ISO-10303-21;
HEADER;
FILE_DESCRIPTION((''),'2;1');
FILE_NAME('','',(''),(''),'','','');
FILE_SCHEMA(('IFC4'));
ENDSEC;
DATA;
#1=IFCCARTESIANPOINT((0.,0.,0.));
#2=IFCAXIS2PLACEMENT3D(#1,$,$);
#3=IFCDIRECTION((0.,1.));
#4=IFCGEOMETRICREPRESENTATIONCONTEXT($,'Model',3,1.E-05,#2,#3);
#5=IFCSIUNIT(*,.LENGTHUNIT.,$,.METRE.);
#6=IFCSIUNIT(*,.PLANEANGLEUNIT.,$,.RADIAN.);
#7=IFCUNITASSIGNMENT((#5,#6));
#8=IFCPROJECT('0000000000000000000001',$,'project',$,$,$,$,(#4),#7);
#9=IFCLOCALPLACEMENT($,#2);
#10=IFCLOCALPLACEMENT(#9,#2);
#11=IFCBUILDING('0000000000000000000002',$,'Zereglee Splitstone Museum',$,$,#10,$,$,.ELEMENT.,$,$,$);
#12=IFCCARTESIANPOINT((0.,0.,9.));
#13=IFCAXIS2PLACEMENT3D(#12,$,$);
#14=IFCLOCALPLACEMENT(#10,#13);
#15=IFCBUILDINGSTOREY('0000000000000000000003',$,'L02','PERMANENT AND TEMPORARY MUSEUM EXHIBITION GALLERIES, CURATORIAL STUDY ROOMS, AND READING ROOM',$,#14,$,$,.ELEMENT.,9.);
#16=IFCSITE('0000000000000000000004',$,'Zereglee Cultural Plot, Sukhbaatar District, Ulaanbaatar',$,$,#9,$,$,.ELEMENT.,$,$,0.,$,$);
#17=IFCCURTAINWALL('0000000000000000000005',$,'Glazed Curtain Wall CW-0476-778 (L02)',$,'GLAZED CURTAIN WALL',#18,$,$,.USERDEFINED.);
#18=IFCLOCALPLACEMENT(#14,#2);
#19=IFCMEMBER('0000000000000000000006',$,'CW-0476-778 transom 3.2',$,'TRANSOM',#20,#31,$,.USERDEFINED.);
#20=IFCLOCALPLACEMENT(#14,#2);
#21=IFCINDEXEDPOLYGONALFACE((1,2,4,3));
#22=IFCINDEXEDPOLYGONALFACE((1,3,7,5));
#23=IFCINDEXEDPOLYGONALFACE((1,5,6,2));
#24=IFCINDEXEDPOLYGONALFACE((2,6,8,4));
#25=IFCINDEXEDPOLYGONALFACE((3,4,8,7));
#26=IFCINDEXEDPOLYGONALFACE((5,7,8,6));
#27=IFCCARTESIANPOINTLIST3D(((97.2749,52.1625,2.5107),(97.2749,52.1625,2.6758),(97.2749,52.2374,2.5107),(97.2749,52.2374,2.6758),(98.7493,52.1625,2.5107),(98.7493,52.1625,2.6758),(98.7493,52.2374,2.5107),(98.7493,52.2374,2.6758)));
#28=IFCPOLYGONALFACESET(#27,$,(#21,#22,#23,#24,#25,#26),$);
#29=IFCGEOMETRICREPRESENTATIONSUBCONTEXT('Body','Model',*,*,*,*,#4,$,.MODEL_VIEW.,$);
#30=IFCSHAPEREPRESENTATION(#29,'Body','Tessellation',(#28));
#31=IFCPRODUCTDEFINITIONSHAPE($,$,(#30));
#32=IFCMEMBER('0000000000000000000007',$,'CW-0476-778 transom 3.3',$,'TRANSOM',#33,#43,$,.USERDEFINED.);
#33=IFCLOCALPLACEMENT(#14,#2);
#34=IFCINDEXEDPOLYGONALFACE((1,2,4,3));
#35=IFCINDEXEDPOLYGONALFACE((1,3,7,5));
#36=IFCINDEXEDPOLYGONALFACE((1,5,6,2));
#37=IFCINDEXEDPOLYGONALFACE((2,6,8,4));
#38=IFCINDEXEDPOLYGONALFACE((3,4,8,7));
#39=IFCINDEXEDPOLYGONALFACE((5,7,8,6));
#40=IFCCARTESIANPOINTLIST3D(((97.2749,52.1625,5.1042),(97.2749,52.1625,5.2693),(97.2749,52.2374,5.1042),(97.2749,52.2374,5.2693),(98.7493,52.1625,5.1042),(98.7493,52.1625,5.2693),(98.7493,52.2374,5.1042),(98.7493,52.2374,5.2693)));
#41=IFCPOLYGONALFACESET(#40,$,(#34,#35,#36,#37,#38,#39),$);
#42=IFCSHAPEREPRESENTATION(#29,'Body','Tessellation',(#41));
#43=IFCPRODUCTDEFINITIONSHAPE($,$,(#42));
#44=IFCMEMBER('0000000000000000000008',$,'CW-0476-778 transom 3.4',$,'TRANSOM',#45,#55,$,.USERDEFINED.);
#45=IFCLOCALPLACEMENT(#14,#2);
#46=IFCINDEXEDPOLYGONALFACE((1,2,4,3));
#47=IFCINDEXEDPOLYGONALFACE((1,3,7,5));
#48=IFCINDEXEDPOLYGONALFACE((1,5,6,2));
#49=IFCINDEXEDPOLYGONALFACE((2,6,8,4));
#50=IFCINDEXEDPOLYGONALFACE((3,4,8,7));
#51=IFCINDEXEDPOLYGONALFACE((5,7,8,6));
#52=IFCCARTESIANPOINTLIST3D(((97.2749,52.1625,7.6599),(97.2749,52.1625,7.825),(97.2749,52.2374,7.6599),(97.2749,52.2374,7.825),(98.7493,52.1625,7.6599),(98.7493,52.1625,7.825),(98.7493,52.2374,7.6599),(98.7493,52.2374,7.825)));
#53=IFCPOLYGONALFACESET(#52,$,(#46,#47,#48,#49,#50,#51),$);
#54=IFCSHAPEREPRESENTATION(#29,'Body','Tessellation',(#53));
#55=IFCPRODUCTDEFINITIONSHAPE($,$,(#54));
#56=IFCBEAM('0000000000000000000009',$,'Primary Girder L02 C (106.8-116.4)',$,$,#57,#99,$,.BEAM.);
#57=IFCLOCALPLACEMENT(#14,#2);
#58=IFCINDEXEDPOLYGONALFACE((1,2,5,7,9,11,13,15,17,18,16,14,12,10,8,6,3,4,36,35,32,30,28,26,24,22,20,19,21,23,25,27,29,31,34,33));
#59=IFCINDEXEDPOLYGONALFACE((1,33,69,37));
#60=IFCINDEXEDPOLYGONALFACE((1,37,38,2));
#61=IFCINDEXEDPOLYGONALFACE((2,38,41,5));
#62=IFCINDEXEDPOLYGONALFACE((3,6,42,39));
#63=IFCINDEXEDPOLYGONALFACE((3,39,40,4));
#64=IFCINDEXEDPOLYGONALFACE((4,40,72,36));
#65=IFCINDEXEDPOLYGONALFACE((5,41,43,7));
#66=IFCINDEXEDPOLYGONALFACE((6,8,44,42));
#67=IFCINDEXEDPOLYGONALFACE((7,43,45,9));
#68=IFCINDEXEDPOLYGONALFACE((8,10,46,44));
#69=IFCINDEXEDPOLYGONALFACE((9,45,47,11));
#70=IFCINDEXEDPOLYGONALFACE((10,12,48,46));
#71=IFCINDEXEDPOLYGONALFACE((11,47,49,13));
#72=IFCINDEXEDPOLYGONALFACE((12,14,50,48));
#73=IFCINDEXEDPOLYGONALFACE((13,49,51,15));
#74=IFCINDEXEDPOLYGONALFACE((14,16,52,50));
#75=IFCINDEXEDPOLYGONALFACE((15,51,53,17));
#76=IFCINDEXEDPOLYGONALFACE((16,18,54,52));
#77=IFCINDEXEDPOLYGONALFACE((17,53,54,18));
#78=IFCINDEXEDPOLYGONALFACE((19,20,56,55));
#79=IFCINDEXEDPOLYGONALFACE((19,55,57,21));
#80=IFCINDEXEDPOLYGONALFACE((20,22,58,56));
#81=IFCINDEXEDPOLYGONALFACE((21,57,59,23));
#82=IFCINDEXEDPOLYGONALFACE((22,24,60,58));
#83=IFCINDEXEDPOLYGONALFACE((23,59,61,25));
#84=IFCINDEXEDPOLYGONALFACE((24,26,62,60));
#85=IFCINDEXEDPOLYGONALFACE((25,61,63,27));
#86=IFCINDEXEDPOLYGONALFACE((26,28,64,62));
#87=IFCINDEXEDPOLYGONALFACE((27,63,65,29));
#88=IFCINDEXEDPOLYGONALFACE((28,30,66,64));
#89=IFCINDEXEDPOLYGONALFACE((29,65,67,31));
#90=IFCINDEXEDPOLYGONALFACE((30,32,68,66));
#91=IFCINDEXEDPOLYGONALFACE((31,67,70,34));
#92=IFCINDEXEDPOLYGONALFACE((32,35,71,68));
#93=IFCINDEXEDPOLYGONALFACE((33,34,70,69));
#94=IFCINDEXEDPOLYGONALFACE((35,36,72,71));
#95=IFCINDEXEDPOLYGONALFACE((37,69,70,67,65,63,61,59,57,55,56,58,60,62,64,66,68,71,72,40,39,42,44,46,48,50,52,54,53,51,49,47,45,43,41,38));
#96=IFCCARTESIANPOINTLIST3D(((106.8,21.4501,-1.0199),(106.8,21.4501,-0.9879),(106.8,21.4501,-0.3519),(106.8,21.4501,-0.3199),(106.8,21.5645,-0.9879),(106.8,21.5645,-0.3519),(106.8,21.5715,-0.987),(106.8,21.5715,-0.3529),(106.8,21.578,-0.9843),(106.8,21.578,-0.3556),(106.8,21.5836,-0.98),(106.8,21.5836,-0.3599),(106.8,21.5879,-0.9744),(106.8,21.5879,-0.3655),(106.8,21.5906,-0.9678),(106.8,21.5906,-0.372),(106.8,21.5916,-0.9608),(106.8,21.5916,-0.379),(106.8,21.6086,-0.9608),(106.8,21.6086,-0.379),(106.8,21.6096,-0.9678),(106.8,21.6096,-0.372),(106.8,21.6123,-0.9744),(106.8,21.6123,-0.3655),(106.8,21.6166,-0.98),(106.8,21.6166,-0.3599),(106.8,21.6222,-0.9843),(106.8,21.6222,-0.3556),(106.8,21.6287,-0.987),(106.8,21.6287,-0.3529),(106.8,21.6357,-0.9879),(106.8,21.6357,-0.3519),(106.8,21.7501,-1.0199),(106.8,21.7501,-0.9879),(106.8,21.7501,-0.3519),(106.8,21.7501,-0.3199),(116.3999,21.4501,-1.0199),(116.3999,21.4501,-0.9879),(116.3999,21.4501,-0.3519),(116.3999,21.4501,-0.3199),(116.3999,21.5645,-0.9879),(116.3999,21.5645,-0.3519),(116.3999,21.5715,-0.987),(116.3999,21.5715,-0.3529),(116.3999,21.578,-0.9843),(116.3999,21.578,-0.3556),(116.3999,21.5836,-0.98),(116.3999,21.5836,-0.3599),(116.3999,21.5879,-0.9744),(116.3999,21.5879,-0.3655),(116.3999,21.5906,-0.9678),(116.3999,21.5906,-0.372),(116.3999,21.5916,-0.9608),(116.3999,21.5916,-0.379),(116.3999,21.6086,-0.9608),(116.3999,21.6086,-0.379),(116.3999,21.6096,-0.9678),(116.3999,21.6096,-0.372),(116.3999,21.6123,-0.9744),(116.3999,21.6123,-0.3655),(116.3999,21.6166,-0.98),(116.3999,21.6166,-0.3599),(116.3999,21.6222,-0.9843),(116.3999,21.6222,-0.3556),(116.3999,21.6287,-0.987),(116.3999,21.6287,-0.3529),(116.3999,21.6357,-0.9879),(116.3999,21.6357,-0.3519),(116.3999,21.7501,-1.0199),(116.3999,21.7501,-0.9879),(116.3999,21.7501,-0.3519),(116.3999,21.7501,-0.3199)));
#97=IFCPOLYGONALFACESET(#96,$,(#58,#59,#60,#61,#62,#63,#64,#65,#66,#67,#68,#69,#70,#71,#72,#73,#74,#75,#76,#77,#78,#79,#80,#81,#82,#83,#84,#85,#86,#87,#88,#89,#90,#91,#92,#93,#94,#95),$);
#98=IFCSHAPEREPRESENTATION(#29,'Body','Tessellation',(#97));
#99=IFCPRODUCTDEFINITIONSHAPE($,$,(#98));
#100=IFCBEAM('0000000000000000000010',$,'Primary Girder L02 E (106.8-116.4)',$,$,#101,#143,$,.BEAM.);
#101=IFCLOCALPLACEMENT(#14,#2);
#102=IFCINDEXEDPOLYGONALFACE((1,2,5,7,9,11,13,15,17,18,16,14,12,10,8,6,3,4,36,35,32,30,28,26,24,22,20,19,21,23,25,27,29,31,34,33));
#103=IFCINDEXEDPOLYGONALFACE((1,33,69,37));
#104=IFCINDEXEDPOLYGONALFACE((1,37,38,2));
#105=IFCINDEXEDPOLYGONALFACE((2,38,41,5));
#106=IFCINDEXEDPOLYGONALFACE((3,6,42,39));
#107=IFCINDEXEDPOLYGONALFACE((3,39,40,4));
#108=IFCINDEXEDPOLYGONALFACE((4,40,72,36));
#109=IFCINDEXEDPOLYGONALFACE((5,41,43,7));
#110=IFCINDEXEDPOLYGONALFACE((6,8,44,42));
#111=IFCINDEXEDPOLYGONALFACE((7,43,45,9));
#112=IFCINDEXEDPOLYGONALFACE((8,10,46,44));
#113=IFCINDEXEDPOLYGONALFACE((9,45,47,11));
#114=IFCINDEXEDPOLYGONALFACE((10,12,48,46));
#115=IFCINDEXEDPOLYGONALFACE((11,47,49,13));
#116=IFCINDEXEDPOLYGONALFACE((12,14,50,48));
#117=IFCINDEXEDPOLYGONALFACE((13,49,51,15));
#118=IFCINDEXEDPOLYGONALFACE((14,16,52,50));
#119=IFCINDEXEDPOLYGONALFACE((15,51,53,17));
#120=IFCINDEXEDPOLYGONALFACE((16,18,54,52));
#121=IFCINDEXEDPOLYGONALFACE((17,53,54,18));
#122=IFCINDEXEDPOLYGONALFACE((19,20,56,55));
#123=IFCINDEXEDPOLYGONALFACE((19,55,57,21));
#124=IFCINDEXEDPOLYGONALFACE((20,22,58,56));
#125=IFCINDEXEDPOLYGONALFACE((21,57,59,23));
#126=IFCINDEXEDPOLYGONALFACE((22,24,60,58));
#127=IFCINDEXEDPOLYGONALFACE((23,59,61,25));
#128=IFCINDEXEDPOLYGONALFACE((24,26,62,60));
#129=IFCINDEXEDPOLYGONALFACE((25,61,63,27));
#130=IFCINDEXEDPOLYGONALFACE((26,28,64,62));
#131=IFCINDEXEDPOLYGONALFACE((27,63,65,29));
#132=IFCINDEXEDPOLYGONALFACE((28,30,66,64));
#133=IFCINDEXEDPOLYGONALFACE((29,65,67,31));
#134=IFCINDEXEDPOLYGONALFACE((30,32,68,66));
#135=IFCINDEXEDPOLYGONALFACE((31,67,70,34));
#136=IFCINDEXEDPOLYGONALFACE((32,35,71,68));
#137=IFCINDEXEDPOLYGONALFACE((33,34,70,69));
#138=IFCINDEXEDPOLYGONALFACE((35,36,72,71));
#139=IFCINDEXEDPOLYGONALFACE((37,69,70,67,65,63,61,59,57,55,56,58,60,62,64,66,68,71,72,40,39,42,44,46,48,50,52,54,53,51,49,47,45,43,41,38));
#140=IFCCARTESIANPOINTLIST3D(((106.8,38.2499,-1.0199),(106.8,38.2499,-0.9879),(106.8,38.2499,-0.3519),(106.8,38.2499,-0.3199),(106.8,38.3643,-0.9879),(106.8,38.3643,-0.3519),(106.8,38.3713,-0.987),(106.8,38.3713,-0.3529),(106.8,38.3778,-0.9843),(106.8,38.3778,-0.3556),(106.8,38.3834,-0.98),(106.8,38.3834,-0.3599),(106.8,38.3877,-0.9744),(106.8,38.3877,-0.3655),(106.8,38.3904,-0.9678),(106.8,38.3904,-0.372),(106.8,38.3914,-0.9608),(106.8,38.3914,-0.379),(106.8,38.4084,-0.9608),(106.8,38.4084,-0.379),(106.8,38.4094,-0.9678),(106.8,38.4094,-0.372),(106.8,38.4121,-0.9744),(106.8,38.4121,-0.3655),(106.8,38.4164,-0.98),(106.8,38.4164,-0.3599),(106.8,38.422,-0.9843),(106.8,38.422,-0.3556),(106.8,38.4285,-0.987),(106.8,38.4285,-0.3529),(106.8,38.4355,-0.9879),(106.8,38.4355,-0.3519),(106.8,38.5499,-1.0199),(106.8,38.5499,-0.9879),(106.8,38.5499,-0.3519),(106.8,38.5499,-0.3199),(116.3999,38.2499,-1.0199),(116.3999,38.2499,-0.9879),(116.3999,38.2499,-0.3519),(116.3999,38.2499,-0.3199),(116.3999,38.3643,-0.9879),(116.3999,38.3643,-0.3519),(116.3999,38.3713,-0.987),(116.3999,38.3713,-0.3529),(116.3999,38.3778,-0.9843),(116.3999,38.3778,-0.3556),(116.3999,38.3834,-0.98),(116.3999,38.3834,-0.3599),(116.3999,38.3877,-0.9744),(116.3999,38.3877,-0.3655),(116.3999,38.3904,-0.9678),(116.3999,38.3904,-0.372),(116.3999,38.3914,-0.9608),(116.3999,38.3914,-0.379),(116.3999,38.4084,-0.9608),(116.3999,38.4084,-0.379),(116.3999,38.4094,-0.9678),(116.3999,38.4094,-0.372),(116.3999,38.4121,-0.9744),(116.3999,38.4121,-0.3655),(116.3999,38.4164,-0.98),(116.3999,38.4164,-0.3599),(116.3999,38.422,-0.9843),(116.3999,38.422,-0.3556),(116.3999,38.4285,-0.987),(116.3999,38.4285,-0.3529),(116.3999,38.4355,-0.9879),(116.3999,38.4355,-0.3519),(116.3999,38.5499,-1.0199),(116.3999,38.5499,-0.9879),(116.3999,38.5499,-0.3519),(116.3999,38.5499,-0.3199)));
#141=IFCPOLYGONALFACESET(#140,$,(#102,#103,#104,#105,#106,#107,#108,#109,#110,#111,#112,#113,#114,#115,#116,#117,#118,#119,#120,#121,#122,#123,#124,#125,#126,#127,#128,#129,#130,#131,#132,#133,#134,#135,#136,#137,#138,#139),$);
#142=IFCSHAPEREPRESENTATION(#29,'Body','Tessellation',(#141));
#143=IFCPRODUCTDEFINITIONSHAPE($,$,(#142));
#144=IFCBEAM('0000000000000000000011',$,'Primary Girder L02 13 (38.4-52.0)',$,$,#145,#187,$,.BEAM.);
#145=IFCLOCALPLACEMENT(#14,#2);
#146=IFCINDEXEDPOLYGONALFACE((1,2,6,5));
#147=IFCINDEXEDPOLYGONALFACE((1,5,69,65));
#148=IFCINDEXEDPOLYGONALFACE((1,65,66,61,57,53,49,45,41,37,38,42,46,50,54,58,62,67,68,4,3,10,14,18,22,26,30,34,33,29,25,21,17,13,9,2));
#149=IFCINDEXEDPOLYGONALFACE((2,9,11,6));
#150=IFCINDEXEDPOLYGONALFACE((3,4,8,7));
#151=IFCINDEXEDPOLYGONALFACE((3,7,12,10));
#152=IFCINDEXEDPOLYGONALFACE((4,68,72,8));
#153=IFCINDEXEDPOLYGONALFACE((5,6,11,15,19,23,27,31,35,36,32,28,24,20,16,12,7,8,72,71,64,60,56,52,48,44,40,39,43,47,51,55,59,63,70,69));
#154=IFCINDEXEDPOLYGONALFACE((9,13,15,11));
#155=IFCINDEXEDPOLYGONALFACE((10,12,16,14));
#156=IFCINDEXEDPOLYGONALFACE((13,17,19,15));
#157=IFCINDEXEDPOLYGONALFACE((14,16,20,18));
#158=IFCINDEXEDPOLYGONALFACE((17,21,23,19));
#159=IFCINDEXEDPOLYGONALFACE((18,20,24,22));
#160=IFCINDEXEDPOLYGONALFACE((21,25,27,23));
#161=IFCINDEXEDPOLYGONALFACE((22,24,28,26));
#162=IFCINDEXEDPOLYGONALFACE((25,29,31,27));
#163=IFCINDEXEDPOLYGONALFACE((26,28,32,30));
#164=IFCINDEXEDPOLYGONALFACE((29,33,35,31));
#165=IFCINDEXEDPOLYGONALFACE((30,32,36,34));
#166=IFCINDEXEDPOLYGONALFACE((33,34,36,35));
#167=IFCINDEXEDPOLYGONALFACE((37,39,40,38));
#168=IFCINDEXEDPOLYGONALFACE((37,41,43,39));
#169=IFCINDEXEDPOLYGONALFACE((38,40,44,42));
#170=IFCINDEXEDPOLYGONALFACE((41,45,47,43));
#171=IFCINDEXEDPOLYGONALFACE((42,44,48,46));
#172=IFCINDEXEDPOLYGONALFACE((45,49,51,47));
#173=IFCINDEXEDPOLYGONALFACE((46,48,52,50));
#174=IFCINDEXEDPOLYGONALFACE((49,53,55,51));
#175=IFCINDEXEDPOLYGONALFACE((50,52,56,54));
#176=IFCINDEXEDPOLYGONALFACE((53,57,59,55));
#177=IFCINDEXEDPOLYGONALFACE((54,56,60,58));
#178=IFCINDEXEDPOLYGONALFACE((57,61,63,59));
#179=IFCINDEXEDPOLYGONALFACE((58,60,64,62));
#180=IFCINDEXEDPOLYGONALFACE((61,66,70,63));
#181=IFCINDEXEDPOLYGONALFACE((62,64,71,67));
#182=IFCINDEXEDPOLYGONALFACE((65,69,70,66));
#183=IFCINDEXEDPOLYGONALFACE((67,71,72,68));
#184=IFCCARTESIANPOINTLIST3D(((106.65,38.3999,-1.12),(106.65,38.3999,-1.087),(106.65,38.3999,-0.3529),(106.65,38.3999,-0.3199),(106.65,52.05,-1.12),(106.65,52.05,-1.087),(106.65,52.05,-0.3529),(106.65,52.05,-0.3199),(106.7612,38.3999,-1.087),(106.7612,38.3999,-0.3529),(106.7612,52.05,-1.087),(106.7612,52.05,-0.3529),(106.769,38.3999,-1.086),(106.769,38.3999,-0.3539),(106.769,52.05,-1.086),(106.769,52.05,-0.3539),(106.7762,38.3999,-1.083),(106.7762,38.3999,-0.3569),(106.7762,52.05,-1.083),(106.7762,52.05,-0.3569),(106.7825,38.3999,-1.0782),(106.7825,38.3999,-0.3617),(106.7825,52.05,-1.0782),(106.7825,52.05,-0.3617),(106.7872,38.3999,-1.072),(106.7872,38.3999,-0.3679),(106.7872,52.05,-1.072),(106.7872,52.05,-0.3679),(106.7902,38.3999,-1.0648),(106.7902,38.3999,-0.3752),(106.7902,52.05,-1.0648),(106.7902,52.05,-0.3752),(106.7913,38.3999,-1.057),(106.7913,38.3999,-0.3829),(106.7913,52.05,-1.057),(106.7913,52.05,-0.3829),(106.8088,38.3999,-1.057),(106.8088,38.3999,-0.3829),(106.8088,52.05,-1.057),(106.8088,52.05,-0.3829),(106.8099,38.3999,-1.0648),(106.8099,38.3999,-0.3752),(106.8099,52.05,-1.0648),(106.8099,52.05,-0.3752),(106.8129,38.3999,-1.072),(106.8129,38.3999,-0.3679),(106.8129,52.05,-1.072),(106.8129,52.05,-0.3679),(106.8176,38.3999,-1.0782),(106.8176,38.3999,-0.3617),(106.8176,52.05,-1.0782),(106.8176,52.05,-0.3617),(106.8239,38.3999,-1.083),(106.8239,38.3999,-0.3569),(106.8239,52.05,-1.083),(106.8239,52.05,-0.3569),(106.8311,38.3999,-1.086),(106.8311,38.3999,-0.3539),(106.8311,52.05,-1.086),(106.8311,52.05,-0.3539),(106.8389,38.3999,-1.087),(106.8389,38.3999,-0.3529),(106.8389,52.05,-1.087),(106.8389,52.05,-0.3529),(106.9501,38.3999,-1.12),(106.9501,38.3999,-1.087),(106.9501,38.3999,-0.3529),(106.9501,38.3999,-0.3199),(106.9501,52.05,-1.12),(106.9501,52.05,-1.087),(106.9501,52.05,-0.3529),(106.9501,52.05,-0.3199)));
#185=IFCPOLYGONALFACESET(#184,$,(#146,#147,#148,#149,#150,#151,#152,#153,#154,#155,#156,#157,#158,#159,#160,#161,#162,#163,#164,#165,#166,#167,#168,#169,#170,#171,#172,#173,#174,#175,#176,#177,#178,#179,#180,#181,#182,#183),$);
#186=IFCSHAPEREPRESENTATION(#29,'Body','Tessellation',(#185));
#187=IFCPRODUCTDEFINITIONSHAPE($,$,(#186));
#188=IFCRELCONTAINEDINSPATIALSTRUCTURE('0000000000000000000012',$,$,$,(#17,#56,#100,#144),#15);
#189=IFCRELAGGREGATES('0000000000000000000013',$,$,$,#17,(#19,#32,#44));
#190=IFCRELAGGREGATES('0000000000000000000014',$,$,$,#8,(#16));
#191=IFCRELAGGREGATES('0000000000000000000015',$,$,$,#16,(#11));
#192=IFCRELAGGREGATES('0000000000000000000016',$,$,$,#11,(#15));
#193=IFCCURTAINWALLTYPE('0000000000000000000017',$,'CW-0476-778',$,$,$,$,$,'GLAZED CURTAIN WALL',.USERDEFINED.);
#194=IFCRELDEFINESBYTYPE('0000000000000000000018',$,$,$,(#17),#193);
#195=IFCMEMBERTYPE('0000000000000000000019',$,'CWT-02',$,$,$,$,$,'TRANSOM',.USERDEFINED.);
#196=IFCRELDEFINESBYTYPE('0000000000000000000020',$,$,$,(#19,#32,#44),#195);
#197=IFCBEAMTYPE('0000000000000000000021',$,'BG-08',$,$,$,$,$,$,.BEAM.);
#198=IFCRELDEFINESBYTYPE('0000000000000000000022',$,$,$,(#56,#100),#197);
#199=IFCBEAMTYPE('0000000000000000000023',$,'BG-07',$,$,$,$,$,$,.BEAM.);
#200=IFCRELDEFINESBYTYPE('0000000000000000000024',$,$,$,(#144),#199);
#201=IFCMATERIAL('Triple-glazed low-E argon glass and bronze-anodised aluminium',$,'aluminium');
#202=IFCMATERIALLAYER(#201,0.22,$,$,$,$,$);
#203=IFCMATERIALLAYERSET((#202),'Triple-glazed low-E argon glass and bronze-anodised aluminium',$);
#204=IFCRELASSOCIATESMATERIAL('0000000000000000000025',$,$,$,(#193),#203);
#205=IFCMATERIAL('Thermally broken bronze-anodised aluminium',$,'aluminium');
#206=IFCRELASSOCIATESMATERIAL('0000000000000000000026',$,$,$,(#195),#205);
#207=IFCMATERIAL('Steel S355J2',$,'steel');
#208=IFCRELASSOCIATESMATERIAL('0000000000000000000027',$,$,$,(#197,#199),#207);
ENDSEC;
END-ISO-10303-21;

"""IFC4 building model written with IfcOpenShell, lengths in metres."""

from ifc_helpers import new_model, si_unit, direction, frame, origin, origin_2d, place, context, subcontext, project, spatial, rectangle, i_section, extrude, material, layer, layer_set, material_profile, profile_set, type_object, element, aggregate, save


model = new_model("IFC4")

# Units and contexts
model_context = context("Model", 3, precision=1e-05, world=origin(), true_north=direction((0.0, 1.0)))
body_context = subcontext(model_context, "Body", "Model", "MODEL_VIEW")
ifc_project = project(units=[si_unit("LENGTHUNIT", "METRE"), si_unit("PLANEANGLEUNIT", "RADIAN")], contexts=[model_context])

# Site, building, storey
site_placement = place(None, origin())
site = spatial("IfcSite", under=ifc_project, at=site_placement, Name="Zereglee Cultural Plot, Sukhbaatar District, Ulaanbaatar", CompositionType="ELEMENT", RefElevation=0.0)
building_placement = place(site_placement, origin())
building = spatial("IfcBuilding", under=site, at=building_placement, Name="Zereglee Splitstone Museum", CompositionType="ELEMENT")
storey_placement = place(building_placement, frame((0.0, 0.0, 9.0)))
storey = spatial("IfcBuildingStorey", under=building, at=storey_placement, Name="L02", Description="PERMANENT AND TEMPORARY MUSEUM EXHIBITION GALLERIES, CURATORIAL STUDY ROOMS, AND READING ROOM", CompositionType="ELEMENT", Elevation=9.0)

# Shared definitions
ifc_material_1 = material(Name="Steel S355J2", Category="steel")

# Curtain wall, members
ifc_material_2 = material(Name="Triple-glazed low-E argon glass and bronze-anodised aluminium", Category="aluminium")
ifc_layer_1 = layer(ifc_material_2, 0.22)
ifc_layer_set_1 = layer_set([ifc_layer_1], Name="Triple-glazed low-E argon glass and bronze-anodised aluminium")
curtain_wall_type = type_object("IfcCurtainWallType", Name="CW-0476-778", ElementType="GLAZED CURTAIN WALL", PredefinedType="USERDEFINED", material=ifc_layer_set_1)
curtain_wall_placement = place(storey_placement, origin())
curtain_wall = element("IfcCurtainWall", 1, at=curtain_wall_placement, inside=storey, type_object=curtain_wall_type, Name="Glazed Curtain Wall CW-0476-778 (L02)", ObjectType="GLAZED CURTAIN WALL", PredefinedType="USERDEFINED")
ifc_material_3 = material(Name="Thermally broken bronze-anodised aluminium", Category="aluminium")
ifc_material_profile_1 = material_profile(ifc_material_3, rectangle(XDim=0.075, YDim=0.165, at=origin_2d()), Name="CW TRAN 75x165")
ifc_profile_set_1 = profile_set([ifc_material_profile_1], Name="Thermally broken bronze-anodised aluminium")
member_type_1 = type_object("IfcMemberType", Name="CWT-02", ElementType="TRANSOM", PredefinedType="USERDEFINED", material=ifc_profile_set_1)
member_1_placement = place(storey_placement, frame((98.7493, 52.2, 2.5933), z_axis=(-1.0, 0.0, 0.0), x_axis=(0.0, -1.0, 0.0)))
member_1 = element("IfcMember", 2, at=member_1_placement, type_object=member_type_1, Name="CW-0476-778 transom 3.2", ObjectType="TRANSOM", PredefinedType="USERDEFINED", context=body_context, shape_type="SweptSolid", body=[
    extrude(rectangle(XDim=0.075, YDim=0.165, at=origin_2d()), origin(), (0.0, 0.0, 1.0), 1.4744),
])
member_2_placement = place(storey_placement, frame((98.7493, 52.2, 5.1868), z_axis=(-1.0, 0.0, 0.0), x_axis=(0.0, -1.0, 0.0)))
member_2 = element("IfcMember", 3, at=member_2_placement, type_object=member_type_1, Name="CW-0476-778 transom 3.3", ObjectType="TRANSOM", PredefinedType="USERDEFINED", context=body_context, shape_type="SweptSolid", body=[
    extrude(rectangle(XDim=0.075, YDim=0.165, at=origin_2d()), origin(), (0.0, 0.0, 1.0), 1.4744),
])
member_3_placement = place(storey_placement, frame((98.7493, 52.2, 7.7424), z_axis=(-1.0, 0.0, 0.0), x_axis=(0.0, -1.0, 0.0)))
member_3 = element("IfcMember", 4, at=member_3_placement, type_object=member_type_1, Name="CW-0476-778 transom 3.4", ObjectType="TRANSOM", PredefinedType="USERDEFINED", context=body_context, shape_type="SweptSolid", body=[
    extrude(rectangle(XDim=0.075, YDim=0.165, at=origin_2d()), origin(), (0.0, 0.0, 1.0), 1.4744),
])

# Beams
ifc_material_profile_2 = material_profile(ifc_material_1, i_section(OverallWidth=0.3, OverallDepth=0.7, WebThickness=0.0171, FlangeThickness=0.032, FilletRadius=0.0271, at=origin_2d()), Name="HE 700 B")
ifc_profile_set_2 = profile_set([ifc_material_profile_2], Name="Steel S355J2")
beam_type_1 = type_object("IfcBeamType", Name="BG-08", PredefinedType="BEAM", material=ifc_profile_set_2)
for number, where, z_axis, x_axis, name in (
    (5, (106.8, 21.6001, -0.6699), (1.0, 0.0, 0.0), (0.0, 1.0, 0.0), "Primary Girder L02 C (106.8-116.4)"),
    (6, (106.8, 38.3999, -0.6699), (1.0, 0.0, 0.0), (0.0, 1.0, 0.0), "Primary Girder L02 E (106.8-116.4)"),
):
    element("IfcBeam", number, at=place(storey_placement, frame(where, z_axis=z_axis, x_axis=x_axis)), inside=storey, type_object=beam_type_1, Name=name, PredefinedType="BEAM", context=body_context, shape_type="SweptSolid", body=[
        extrude(i_section(OverallWidth=0.3, OverallDepth=0.7, WebThickness=0.0171, FlangeThickness=0.032, FilletRadius=0.0271, at=origin_2d()), origin(), (0.0, 0.0, 1.0), 9.5999),
    ])
ifc_material_profile_3 = material_profile(ifc_material_1, i_section(OverallWidth=0.3, OverallDepth=0.8, WebThickness=0.0176, FlangeThickness=0.033, FilletRadius=0.03, at=origin_2d()), Name="HE 800 B")
ifc_profile_set_3 = profile_set([ifc_material_profile_3], Name="Steel S355J2")
beam_type_2 = type_object("IfcBeamType", Name="BG-07", PredefinedType="BEAM", material=ifc_profile_set_3)
beam_1_placement = place(storey_placement, frame((106.8, 38.3999, -0.72), z_axis=(0.0, 1.0, 0.0), x_axis=(-1.0, 0.0, 0.0)))
element("IfcBeam", 7, at=beam_1_placement, inside=storey, type_object=beam_type_2, Name="Primary Girder L02 13 (38.4-52.0)", PredefinedType="BEAM", context=body_context, shape_type="SweptSolid", body=[
    extrude(i_section(OverallWidth=0.3, OverallDepth=0.8, WebThickness=0.0176, FlangeThickness=0.033, FilletRadius=0.03, at=origin_2d()), origin(), (0.0, 0.0, 1.0), 13.6501),
])

aggregate(curtain_wall, [member_1, member_2, member_3])

save(model, "model.ifc")
